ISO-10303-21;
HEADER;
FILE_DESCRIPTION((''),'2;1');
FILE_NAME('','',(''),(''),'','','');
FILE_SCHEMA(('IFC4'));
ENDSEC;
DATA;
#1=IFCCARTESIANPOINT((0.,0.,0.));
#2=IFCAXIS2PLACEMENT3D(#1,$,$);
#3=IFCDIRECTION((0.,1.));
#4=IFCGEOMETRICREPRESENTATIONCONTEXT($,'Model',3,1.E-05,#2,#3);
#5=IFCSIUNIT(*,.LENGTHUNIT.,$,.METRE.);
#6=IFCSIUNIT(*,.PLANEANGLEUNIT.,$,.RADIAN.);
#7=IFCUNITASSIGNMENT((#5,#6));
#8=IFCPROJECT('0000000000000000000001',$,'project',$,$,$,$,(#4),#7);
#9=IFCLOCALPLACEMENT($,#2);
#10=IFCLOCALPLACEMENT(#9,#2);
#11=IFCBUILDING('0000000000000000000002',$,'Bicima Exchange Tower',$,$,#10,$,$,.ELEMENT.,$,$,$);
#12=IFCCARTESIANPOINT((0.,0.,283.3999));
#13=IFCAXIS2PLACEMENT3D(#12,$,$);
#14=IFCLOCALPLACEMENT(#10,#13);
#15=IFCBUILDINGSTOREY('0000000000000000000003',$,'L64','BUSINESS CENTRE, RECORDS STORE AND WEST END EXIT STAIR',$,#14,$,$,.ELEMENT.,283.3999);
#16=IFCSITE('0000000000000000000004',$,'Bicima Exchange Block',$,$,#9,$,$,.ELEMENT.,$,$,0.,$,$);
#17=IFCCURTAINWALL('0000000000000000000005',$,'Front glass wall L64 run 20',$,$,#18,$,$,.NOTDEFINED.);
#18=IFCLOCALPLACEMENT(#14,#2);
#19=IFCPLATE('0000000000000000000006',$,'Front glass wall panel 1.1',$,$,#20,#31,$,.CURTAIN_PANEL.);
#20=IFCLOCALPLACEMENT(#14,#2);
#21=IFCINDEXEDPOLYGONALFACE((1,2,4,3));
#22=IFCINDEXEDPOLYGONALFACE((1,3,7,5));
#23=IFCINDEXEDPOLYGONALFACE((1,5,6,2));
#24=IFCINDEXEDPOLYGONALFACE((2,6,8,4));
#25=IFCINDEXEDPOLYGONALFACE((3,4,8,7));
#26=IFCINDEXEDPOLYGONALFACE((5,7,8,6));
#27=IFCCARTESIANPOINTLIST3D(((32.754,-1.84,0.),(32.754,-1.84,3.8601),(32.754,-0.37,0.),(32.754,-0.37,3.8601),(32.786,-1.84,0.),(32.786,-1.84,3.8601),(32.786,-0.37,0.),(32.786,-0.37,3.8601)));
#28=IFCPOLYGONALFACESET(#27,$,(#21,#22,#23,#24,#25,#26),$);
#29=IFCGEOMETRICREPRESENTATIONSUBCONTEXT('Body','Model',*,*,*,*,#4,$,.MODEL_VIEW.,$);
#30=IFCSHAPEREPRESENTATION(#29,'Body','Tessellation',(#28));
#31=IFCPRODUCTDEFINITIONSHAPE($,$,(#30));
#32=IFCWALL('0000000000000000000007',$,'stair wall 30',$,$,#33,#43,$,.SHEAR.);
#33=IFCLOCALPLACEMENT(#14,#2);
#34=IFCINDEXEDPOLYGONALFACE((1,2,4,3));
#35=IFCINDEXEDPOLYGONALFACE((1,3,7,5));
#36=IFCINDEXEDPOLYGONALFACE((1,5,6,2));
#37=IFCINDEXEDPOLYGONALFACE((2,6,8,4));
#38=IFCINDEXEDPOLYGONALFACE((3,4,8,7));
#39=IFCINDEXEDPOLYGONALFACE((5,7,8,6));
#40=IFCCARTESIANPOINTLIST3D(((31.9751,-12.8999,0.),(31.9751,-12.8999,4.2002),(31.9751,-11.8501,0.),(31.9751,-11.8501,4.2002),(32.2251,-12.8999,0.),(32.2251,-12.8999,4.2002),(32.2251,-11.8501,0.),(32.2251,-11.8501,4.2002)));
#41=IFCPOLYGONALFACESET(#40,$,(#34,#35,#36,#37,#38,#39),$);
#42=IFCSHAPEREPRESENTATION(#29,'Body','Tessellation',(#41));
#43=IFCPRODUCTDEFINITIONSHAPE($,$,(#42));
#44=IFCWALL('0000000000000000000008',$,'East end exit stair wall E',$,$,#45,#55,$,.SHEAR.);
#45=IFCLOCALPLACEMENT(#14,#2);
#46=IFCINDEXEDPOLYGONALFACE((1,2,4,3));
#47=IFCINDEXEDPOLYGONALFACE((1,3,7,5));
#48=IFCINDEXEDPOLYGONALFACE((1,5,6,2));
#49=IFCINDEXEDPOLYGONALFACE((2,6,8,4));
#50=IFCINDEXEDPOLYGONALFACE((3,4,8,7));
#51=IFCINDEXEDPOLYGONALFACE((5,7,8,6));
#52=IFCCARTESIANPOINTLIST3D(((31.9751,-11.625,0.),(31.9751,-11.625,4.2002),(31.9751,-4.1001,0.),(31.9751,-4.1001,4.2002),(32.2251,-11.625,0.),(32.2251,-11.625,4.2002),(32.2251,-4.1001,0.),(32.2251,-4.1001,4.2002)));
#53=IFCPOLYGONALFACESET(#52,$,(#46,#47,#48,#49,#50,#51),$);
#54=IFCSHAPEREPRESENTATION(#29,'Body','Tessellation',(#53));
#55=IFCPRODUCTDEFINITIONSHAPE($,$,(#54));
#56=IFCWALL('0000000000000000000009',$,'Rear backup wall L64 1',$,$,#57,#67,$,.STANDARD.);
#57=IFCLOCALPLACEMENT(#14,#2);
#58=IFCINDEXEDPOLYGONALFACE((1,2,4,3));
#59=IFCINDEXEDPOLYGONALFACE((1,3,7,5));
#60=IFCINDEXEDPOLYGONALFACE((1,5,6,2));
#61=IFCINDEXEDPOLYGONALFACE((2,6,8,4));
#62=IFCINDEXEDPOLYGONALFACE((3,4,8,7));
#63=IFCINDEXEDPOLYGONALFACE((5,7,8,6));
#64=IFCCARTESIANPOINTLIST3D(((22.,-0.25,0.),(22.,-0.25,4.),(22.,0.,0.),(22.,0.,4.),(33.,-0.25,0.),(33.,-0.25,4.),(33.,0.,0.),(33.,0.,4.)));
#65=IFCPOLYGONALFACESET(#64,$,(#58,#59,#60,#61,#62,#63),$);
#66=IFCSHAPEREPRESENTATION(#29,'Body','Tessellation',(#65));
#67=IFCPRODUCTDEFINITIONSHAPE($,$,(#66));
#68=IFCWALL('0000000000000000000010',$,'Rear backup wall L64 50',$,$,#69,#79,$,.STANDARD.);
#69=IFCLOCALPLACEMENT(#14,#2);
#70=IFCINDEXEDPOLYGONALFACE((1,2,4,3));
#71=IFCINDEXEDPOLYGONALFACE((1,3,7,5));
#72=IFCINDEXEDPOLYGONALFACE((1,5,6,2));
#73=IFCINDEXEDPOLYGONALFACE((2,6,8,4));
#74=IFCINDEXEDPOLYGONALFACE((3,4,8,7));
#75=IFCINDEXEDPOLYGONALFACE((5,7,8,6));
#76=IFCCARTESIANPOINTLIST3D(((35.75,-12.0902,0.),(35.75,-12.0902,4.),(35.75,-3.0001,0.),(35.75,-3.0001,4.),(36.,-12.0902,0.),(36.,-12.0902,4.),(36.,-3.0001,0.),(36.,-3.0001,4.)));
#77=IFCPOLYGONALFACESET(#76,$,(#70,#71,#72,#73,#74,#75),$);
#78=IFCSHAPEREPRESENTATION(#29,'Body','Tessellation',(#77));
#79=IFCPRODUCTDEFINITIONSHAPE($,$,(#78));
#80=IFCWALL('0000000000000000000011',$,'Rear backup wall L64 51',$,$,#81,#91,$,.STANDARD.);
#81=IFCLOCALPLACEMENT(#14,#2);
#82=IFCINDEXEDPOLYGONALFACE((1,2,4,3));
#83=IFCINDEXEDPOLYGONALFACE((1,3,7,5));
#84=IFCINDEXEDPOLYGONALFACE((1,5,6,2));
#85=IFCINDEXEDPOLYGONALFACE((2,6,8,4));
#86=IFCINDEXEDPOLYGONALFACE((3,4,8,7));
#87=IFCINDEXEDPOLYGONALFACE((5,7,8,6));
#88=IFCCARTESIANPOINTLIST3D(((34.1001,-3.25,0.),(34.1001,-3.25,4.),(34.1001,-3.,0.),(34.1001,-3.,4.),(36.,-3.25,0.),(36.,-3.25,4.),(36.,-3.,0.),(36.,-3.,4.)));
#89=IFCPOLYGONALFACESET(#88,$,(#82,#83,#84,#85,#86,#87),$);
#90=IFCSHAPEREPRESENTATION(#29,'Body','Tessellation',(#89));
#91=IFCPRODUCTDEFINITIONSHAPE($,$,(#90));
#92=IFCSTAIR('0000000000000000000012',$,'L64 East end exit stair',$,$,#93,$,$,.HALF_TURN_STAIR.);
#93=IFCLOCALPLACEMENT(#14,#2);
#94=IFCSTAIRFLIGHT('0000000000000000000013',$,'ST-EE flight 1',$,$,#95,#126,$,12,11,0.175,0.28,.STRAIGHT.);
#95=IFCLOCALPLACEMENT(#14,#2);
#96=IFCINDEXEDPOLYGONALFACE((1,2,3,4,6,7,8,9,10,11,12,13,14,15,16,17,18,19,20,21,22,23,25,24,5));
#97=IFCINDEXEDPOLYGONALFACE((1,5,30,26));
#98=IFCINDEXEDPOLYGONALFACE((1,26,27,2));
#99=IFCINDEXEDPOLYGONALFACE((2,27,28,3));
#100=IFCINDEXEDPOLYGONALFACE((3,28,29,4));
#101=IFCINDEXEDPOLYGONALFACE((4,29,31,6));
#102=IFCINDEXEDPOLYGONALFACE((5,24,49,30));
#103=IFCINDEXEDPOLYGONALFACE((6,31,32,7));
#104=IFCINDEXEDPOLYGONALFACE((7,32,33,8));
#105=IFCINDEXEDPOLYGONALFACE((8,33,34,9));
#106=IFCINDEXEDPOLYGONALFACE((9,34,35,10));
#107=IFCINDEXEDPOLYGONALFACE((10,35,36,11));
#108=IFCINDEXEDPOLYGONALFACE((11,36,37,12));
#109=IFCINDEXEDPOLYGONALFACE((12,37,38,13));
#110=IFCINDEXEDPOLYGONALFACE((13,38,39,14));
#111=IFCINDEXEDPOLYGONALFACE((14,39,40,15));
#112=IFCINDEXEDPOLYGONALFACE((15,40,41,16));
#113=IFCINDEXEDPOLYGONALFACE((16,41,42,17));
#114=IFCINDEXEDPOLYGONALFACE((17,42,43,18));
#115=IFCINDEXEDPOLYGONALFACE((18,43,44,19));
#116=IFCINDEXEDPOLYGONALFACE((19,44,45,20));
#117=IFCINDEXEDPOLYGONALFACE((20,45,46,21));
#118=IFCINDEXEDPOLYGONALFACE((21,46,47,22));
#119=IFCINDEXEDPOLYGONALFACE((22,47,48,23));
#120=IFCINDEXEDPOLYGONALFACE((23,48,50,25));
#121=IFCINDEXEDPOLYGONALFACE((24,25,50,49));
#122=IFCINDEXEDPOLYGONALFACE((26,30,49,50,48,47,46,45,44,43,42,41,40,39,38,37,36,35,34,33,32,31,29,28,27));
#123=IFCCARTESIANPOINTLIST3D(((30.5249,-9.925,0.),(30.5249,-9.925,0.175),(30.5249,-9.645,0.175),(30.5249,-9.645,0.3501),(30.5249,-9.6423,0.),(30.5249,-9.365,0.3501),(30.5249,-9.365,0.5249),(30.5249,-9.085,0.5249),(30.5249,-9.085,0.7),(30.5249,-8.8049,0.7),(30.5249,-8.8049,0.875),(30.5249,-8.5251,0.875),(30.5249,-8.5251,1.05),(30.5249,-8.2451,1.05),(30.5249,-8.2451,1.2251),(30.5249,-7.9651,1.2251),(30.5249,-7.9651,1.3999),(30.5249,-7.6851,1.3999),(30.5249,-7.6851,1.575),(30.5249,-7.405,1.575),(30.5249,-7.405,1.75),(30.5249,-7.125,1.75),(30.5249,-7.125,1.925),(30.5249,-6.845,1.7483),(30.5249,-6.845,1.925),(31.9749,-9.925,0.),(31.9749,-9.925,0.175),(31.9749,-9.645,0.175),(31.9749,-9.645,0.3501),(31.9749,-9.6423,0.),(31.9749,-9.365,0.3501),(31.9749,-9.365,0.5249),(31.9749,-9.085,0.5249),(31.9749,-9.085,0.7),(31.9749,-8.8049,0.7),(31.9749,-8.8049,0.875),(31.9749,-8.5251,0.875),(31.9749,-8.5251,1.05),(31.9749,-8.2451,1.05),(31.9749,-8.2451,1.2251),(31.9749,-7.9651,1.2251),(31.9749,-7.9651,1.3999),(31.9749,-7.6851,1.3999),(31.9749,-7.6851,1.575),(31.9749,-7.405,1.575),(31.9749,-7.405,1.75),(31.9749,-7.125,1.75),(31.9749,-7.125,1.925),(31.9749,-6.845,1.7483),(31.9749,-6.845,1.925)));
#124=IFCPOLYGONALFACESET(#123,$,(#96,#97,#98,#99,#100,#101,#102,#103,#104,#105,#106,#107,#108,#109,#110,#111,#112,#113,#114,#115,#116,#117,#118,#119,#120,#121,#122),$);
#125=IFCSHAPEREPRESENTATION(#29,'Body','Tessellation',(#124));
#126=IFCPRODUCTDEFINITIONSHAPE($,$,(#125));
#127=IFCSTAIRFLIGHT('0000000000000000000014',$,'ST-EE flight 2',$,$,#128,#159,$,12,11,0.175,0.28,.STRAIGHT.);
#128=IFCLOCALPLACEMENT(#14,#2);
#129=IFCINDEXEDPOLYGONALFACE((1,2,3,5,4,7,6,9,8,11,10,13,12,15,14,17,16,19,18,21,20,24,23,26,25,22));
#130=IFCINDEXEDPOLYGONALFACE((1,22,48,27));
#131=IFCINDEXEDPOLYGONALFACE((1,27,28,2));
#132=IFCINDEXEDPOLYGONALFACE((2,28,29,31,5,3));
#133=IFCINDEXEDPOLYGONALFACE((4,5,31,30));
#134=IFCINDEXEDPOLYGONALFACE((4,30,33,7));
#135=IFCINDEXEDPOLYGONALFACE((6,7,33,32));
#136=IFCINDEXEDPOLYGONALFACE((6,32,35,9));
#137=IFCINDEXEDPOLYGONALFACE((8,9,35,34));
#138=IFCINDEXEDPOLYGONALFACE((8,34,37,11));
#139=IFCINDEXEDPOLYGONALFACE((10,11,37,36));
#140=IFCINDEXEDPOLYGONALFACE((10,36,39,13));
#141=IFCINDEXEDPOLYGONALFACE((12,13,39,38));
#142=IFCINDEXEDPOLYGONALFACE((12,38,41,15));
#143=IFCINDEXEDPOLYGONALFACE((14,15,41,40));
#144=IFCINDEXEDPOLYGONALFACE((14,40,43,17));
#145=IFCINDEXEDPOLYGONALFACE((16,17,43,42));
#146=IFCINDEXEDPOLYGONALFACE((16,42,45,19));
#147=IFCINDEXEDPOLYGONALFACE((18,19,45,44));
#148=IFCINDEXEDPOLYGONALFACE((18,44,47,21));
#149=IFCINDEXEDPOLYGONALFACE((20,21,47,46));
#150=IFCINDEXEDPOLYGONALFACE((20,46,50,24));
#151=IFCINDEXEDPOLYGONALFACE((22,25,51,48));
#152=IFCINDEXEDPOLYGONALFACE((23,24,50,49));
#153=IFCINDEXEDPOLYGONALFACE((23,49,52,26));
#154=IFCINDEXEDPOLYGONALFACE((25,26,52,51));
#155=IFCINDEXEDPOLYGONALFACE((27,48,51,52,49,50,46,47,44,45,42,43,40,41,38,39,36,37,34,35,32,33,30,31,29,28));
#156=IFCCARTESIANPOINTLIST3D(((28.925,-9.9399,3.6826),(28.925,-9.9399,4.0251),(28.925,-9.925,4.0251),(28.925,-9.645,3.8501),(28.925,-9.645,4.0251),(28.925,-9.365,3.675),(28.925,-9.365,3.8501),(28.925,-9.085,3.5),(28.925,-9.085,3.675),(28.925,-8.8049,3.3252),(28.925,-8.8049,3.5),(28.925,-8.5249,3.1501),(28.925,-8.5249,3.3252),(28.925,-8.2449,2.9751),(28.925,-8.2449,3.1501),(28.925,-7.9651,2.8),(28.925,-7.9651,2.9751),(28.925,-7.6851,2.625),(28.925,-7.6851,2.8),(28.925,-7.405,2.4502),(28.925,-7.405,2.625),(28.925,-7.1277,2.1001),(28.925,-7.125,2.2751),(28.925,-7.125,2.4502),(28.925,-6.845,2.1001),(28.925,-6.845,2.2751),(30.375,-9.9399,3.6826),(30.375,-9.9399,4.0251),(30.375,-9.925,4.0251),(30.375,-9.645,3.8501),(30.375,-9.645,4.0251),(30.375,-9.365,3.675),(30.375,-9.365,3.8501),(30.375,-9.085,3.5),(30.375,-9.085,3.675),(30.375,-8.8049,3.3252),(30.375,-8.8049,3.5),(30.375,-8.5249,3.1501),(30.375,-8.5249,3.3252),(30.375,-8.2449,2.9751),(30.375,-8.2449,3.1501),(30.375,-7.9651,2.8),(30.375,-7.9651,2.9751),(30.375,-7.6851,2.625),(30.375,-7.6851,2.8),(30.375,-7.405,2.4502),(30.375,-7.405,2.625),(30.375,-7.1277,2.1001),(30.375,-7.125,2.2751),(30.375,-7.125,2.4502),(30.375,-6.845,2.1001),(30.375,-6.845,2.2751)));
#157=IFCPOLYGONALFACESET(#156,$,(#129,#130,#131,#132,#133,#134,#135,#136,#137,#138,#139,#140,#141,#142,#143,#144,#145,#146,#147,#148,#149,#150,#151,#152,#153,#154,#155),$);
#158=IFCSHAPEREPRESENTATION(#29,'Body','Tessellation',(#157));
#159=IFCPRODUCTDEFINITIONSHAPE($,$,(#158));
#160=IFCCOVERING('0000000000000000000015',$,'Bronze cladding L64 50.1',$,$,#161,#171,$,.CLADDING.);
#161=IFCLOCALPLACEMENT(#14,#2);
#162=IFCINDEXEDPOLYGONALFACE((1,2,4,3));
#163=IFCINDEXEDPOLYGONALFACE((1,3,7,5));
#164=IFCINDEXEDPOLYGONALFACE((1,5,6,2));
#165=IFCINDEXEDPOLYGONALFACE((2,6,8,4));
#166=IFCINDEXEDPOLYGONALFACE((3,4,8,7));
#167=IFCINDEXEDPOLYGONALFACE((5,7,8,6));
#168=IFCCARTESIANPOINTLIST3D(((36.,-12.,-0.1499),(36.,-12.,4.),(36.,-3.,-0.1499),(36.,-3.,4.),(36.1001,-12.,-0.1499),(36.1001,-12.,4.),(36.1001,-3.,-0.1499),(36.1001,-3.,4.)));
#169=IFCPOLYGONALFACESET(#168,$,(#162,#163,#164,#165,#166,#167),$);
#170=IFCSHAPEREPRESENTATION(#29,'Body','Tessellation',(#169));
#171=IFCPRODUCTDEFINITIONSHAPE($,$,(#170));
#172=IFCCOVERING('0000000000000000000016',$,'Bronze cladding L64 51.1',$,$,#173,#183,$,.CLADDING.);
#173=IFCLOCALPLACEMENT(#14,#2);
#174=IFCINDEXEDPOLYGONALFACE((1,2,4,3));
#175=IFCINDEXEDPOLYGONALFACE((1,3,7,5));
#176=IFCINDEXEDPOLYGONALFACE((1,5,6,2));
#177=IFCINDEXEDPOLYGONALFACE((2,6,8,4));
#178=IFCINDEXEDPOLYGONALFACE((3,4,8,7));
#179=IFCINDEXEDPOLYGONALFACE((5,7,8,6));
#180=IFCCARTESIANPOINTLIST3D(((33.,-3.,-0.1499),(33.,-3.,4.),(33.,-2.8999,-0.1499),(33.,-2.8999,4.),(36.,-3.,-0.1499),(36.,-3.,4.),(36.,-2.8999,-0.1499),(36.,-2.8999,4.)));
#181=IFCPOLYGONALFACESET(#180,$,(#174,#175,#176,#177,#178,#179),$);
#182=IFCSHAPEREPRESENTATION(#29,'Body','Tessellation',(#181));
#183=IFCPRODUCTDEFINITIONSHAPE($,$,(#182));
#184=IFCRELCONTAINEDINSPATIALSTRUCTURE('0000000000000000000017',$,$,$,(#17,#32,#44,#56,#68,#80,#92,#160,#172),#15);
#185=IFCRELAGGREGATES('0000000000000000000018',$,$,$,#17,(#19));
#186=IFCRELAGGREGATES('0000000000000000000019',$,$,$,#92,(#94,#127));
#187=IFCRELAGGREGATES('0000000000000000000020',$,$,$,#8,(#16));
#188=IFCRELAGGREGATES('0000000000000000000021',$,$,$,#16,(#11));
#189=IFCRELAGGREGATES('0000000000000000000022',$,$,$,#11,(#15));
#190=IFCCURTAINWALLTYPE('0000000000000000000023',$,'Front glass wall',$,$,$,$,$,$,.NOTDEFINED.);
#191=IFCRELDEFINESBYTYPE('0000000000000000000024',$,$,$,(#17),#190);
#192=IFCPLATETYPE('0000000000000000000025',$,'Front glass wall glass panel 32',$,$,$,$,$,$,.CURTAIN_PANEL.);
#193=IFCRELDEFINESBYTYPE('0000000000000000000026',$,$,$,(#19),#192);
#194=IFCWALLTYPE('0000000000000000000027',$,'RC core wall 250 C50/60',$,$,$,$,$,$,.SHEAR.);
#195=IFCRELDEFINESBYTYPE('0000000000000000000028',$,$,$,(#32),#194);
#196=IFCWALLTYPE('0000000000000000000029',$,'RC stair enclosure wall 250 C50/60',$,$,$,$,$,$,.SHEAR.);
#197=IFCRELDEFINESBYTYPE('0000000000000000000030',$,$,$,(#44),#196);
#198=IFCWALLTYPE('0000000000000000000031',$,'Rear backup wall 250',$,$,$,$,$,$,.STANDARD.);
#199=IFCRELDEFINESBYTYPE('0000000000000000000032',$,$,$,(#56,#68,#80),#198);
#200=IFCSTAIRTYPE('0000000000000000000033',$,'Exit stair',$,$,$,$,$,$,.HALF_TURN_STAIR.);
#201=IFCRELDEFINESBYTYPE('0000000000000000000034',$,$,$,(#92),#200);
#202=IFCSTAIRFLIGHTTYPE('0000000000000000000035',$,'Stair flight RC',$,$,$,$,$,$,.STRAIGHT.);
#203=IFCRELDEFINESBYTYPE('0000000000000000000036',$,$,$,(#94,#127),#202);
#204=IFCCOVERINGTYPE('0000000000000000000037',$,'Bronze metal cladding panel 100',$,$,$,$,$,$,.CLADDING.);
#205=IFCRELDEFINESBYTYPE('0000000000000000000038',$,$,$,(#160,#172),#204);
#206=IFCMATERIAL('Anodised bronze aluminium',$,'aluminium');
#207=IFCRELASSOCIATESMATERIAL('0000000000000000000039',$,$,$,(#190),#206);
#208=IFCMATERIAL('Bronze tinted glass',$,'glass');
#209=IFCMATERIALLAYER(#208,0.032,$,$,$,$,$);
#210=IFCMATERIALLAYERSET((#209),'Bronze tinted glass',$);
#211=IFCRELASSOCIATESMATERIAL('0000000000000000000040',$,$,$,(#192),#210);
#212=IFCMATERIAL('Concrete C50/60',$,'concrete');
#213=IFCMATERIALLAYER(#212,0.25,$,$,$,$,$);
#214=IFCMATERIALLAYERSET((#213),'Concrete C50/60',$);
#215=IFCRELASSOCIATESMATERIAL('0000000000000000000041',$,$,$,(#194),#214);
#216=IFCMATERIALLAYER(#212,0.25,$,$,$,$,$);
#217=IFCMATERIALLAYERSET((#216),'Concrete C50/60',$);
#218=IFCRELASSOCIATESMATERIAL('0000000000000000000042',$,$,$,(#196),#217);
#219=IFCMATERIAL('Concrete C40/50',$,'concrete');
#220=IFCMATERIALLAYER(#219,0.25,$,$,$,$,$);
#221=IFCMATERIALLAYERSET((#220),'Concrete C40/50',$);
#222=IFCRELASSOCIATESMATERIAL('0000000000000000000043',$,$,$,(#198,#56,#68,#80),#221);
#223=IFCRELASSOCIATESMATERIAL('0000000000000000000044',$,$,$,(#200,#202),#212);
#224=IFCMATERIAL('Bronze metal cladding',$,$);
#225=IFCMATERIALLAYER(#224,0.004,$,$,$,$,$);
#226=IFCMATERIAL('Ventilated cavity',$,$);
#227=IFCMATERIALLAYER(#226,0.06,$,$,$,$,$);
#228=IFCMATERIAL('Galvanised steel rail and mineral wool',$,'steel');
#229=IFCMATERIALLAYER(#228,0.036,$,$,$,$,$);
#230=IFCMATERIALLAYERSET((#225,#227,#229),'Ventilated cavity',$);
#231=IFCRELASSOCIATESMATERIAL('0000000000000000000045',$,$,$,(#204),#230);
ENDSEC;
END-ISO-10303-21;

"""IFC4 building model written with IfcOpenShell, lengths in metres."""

from ifc_helpers import new_model, si_unit, direction, frame, frame_2d, origin, origin_2d, place, context, subcontext, project, spatial, polyline, rectangle, outline, extrude, material, layer, layer_set, layer_usage, type_object, element, aggregate, save


model = new_model("IFC4")

# Units and contexts
model_context = context("Model", 3, precision=1e-05, world=origin(), true_north=direction((0.0, 1.0)))
body_context = subcontext(model_context, "Body", "Model", "MODEL_VIEW")
ifc_project = project(units=[si_unit("LENGTHUNIT", "METRE"), si_unit("PLANEANGLEUNIT", "RADIAN")], contexts=[model_context])

# Site, building, storey
site_placement = place(None, origin())
site = spatial("IfcSite", under=ifc_project, at=site_placement, Name="Bicima Exchange Block", CompositionType="ELEMENT", RefElevation=0.0)
building_placement = place(site_placement, origin())
building = spatial("IfcBuilding", under=site, at=building_placement, Name="Bicima Exchange Tower", CompositionType="ELEMENT")
storey_placement = place(building_placement, frame((0.0, 0.0, 283.3999)))
storey = spatial("IfcBuildingStorey", under=building, at=storey_placement, Name="L64", Description="BUSINESS CENTRE, RECORDS STORE AND WEST END EXIT STAIR", CompositionType="ELEMENT", Elevation=283.3999)

# Shared definitions
ifc_material_1 = material(Name="Anodised bronze aluminium", Category="aluminium")

# Curtain wall
curtain_wall_type_1 = type_object("IfcCurtainWallType", Name="Front glass wall", PredefinedType="NOTDEFINED", material=ifc_material_1)
curtain_wall_1_placement = place(storey_placement, origin())
curtain_wall_1 = element("IfcCurtainWall", 1, at=curtain_wall_1_placement, inside=storey, type_object=curtain_wall_type_1, Name="Front glass wall L64 run 20", PredefinedType="NOTDEFINED")

# Plate
ifc_material_2 = material(Name="Bronze tinted glass", Category="glass")
ifc_layer_1 = layer(ifc_material_2, 0.032)
ifc_layer_set_1 = layer_set([ifc_layer_1], Name="Bronze tinted glass")
plate_type = type_object("IfcPlateType", Name="Front glass wall glass panel 32", PredefinedType="CURTAIN_PANEL", material=ifc_layer_set_1)
plate_placement = place(storey_placement, frame((32.77, -1.105, 0.0), z_axis=(0.0, 0.0, 1.0), x_axis=(0.0, 1.0, 0.0)))
plate = element("IfcPlate", 2, at=plate_placement, type_object=plate_type, Name="Front glass wall panel 1.1", PredefinedType="CURTAIN_PANEL", context=body_context, shape_type="SweptSolid", body=[
    extrude(rectangle(XDim=1.47, YDim=0.032, at=origin_2d()), origin(), (0.0, 0.0, 1.0), 3.8601),
])
aggregate(curtain_wall_1, [plate])

# Walls
ifc_material_3 = material(Name="Concrete C50/60", Category="concrete")
ifc_layer_2 = layer(ifc_material_3, 0.25)
ifc_layer_set_2 = layer_set([ifc_layer_2], Name="Concrete C50/60")
wall_type_1 = type_object("IfcWallType", Name="RC core wall 250 C50/60", PredefinedType="SHEAR", material=ifc_layer_set_2)
wall_1_placement = place(storey_placement, frame((32.1001, -12.8999, 0.0), z_axis=(0.0, 0.0, 1.0), x_axis=(0.0, 1.0, 0.0)))
element("IfcWall", 3, at=wall_1_placement, inside=storey, type_object=wall_type_1, Name="stair wall 30", PredefinedType="SHEAR", context=body_context, shape_type="SweptSolid", body=[
    extrude(rectangle(XDim=1.0498, YDim=0.25, at=frame_2d((0.5249, 0.0))), origin(), (0.0, 0.0, 1.0), 4.2002),
])
ifc_layer_3 = layer(ifc_material_3, 0.25)
ifc_layer_set_3 = layer_set([ifc_layer_3], Name="Concrete C50/60")
wall_type_2 = type_object("IfcWallType", Name="RC stair enclosure wall 250 C50/60", PredefinedType="SHEAR", material=ifc_layer_set_3)
wall_2_placement = place(storey_placement, frame((32.1001, -11.625, 0.0), z_axis=(0.0, 0.0, 1.0), x_axis=(0.0, 1.0, 0.0)))
element("IfcWall", 4, at=wall_2_placement, inside=storey, type_object=wall_type_2, Name="East end exit stair wall E", PredefinedType="SHEAR", context=body_context, shape_type="SweptSolid", body=[
    extrude(rectangle(XDim=7.5249, YDim=0.25, at=frame_2d((3.7625, 0.0))), origin(), (0.0, 0.0, 1.0), 4.2002),
])
ifc_material_4 = material(Name="Concrete C40/50", Category="concrete")
ifc_layer_4 = layer(ifc_material_4, 0.25)
ifc_layer_set_4 = layer_set([ifc_layer_4], Name="Concrete C40/50")
ifc_layer_usage = layer_usage(ifc_layer_set_4, "AXIS2", "POSITIVE", -0.125)
wall_type_3 = type_object("IfcWallType", Name="Rear backup wall 250", PredefinedType="STANDARD", material=ifc_layer_set_4)
wall_3_placement = place(storey_placement, frame((33.0, -0.125, 0.0), z_axis=(0.0, 0.0, 1.0), x_axis=(-1.0, 0.0, 0.0)))
element("IfcWall", 5, at=wall_3_placement, inside=storey, type_object=wall_type_3, material=ifc_layer_usage, Name="Rear backup wall L64 1", PredefinedType="STANDARD", context=body_context, shape_type="SweptSolid", body=[
    extrude(rectangle(XDim=11.0, YDim=0.25, at=frame_2d((5.5, 0.0))), origin(), (0.0, 0.0, 1.0), 4.0),
])
wall_4_placement = place(storey_placement, frame((35.875, -12.0901, 0.0), z_axis=(0.0, 0.0, 1.0), x_axis=(0.0, 1.0, 0.0)))
element("IfcWall", 6, at=wall_4_placement, inside=storey, type_object=wall_type_3, material=ifc_layer_usage, Name="Rear backup wall L64 50", PredefinedType="STANDARD", context=body_context, shape_type="SweptSolid", body=[
    extrude(rectangle(XDim=9.0901, YDim=0.25, at=frame_2d((4.5449, 0.0))), origin(), (0.0, 0.0, 1.0), 4.0),
])
wall_5_placement = place(storey_placement, frame((36.0, -3.125, 0.0), z_axis=(0.0, 0.0, 1.0), x_axis=(-1.0, 0.0, 0.0)))
element("IfcWall", 7, at=wall_5_placement, inside=storey, type_object=wall_type_3, material=ifc_layer_usage, Name="Rear backup wall L64 51", PredefinedType="STANDARD", context=body_context, shape_type="SweptSolid", body=[
    extrude(rectangle(XDim=1.8999, YDim=0.25, at=frame_2d((0.95, 0.0))), origin(), (0.0, 0.0, 1.0), 4.0),
])

# Stair, stair flights
stair_type = type_object("IfcStairType", Name="Exit stair", PredefinedType="HALF_TURN_STAIR", material=ifc_material_3)
stair_placement = place(storey_placement, origin())
stair = element("IfcStair", 8, at=stair_placement, inside=storey, type_object=stair_type, Name="L64 East end exit stair", PredefinedType="HALF_TURN_STAIR")
stair_flight_type = type_object("IfcStairFlightType", Name="Stair flight RC", PredefinedType="STRAIGHT", material=ifc_material_3)
stair_flight_1_placement = place(storey_placement, frame((31.25, -9.925, 0.0), z_axis=(0.0, 0.0, 1.0), x_axis=(0.0, 1.0, 0.0)))
stair_flight_1 = element("IfcStairFlight", 9, at=stair_flight_1_placement, type_object=stair_flight_type, Name="ST-EE flight 1", NumberOfRisers=12, NumberOfTreads=11, PredefinedType="STRAIGHT", RiserHeight=0.175, TreadLength=0.28, context=body_context, shape_type="SweptSolid", body=[
    extrude(outline(polyline([(0.0, 0.0), (0.0, 0.175), (0.28, 0.175), (0.28, 0.3501), (0.5601, 0.3501), (0.5601, 0.5249), (0.8401, 0.5249), (0.8401, 0.7), (1.1201, 0.7), (1.1201, 0.875), (1.3999, 0.875), (1.3999, 1.05), (1.6799, 1.05), (1.6799, 1.2251), (1.96, 1.2251), (1.96, 1.3999), (2.24, 1.3999), (2.24, 1.575), (2.52, 1.575), (2.52, 1.75), (2.8, 1.75), (2.8, 1.925), (3.0801, 1.925), (3.0801, 2.1001), (3.0801, 1.7483), (0.2827, 0.0), (0.0, 0.0)])), frame((0.0, 0.7251, 0.0), z_axis=(0.0, -1.0, 0.0), x_axis=(1.0, 0.0, 0.0)), (0.0, 0.0, 1.0), 1.45),
])
stair_flight_2_placement = place(storey_placement, frame((29.6499, -6.845, 2.1001), z_axis=(0.0, 0.0, 1.0), x_axis=(0.0, -1.0, 0.0)))
stair_flight_2 = element("IfcStairFlight", 10, at=stair_flight_2_placement, type_object=stair_flight_type, Name="ST-EE flight 2", NumberOfRisers=12, NumberOfTreads=11, PredefinedType="STRAIGHT", RiserHeight=0.175, TreadLength=0.28, context=body_context, shape_type="SweptSolid", body=[
    extrude(outline(polyline([(0.0, 0.0), (0.0, 0.175), (0.28, 0.175), (0.28, 0.3501), (0.5601, 0.3501), (0.5601, 0.5249), (0.8401, 0.5249), (0.8401, 0.7), (1.1201, 0.7), (1.1201, 0.875), (1.3999, 0.875), (1.3999, 1.05), (1.6799, 1.05), (1.6799, 1.2251), (1.96, 1.2251), (1.96, 1.3999), (2.24, 1.3999), (2.24, 1.575), (2.52, 1.575), (2.52, 1.75), (2.8, 1.75), (2.8, 1.925), (3.0801, 1.925), (3.095, 1.925), (3.095, 1.5825), (0.2827, 0.0), (0.0, 0.0)])), frame((0.0, 0.7251, 0.0), z_axis=(0.0, -1.0, 0.0), x_axis=(1.0, 0.0, 0.0)), (0.0, 0.0, 1.0), 1.45),
])
aggregate(stair, [stair_flight_1, stair_flight_2])

# Coverings
ifc_material_5 = material(Name="Bronze metal cladding")
ifc_layer_5 = layer(ifc_material_5, 0.004)
ifc_material_6 = material(Name="Ventilated cavity")
ifc_layer_6 = layer(ifc_material_6, 0.06)
ifc_material_7 = material(Name="Galvanised steel rail and mineral wool", Category="steel")
ifc_layer_7 = layer(ifc_material_7, 0.036)
ifc_layer_set_5 = layer_set([ifc_layer_5, ifc_layer_6, ifc_layer_7], Name="Ventilated cavity")
covering_type = type_object("IfcCoveringType", Name="Bronze metal cladding panel 100", PredefinedType="CLADDING", material=ifc_layer_set_5)
covering_1_placement = place(storey_placement, frame((36.05, -7.5, -0.1499), z_axis=(0.0, 0.0, 1.0), x_axis=(0.0, 1.0, 0.0)))
element("IfcCovering", 11, at=covering_1_placement, inside=storey, type_object=covering_type, Name="Bronze cladding L64 50.1", PredefinedType="CLADDING", context=body_context, shape_type="SweptSolid", body=[
    extrude(rectangle(XDim=9.0, YDim=0.1001, at=origin_2d()), origin(), (0.0, 0.0, 1.0), 4.1499),
])
covering_2_placement = place(storey_placement, frame((34.5, -2.95, -0.1499), z_axis=(0.0, 0.0, 1.0), x_axis=(-1.0, 0.0, 0.0)))
element("IfcCovering", 12, at=covering_2_placement, inside=storey, type_object=covering_type, Name="Bronze cladding L64 51.1", PredefinedType="CLADDING", context=body_context, shape_type="SweptSolid", body=[
    extrude(rectangle(XDim=3.0, YDim=0.1001, at=origin_2d()), origin(), (0.0, 0.0, 1.0), 4.1499),
])

save(model, "model.ifc")
